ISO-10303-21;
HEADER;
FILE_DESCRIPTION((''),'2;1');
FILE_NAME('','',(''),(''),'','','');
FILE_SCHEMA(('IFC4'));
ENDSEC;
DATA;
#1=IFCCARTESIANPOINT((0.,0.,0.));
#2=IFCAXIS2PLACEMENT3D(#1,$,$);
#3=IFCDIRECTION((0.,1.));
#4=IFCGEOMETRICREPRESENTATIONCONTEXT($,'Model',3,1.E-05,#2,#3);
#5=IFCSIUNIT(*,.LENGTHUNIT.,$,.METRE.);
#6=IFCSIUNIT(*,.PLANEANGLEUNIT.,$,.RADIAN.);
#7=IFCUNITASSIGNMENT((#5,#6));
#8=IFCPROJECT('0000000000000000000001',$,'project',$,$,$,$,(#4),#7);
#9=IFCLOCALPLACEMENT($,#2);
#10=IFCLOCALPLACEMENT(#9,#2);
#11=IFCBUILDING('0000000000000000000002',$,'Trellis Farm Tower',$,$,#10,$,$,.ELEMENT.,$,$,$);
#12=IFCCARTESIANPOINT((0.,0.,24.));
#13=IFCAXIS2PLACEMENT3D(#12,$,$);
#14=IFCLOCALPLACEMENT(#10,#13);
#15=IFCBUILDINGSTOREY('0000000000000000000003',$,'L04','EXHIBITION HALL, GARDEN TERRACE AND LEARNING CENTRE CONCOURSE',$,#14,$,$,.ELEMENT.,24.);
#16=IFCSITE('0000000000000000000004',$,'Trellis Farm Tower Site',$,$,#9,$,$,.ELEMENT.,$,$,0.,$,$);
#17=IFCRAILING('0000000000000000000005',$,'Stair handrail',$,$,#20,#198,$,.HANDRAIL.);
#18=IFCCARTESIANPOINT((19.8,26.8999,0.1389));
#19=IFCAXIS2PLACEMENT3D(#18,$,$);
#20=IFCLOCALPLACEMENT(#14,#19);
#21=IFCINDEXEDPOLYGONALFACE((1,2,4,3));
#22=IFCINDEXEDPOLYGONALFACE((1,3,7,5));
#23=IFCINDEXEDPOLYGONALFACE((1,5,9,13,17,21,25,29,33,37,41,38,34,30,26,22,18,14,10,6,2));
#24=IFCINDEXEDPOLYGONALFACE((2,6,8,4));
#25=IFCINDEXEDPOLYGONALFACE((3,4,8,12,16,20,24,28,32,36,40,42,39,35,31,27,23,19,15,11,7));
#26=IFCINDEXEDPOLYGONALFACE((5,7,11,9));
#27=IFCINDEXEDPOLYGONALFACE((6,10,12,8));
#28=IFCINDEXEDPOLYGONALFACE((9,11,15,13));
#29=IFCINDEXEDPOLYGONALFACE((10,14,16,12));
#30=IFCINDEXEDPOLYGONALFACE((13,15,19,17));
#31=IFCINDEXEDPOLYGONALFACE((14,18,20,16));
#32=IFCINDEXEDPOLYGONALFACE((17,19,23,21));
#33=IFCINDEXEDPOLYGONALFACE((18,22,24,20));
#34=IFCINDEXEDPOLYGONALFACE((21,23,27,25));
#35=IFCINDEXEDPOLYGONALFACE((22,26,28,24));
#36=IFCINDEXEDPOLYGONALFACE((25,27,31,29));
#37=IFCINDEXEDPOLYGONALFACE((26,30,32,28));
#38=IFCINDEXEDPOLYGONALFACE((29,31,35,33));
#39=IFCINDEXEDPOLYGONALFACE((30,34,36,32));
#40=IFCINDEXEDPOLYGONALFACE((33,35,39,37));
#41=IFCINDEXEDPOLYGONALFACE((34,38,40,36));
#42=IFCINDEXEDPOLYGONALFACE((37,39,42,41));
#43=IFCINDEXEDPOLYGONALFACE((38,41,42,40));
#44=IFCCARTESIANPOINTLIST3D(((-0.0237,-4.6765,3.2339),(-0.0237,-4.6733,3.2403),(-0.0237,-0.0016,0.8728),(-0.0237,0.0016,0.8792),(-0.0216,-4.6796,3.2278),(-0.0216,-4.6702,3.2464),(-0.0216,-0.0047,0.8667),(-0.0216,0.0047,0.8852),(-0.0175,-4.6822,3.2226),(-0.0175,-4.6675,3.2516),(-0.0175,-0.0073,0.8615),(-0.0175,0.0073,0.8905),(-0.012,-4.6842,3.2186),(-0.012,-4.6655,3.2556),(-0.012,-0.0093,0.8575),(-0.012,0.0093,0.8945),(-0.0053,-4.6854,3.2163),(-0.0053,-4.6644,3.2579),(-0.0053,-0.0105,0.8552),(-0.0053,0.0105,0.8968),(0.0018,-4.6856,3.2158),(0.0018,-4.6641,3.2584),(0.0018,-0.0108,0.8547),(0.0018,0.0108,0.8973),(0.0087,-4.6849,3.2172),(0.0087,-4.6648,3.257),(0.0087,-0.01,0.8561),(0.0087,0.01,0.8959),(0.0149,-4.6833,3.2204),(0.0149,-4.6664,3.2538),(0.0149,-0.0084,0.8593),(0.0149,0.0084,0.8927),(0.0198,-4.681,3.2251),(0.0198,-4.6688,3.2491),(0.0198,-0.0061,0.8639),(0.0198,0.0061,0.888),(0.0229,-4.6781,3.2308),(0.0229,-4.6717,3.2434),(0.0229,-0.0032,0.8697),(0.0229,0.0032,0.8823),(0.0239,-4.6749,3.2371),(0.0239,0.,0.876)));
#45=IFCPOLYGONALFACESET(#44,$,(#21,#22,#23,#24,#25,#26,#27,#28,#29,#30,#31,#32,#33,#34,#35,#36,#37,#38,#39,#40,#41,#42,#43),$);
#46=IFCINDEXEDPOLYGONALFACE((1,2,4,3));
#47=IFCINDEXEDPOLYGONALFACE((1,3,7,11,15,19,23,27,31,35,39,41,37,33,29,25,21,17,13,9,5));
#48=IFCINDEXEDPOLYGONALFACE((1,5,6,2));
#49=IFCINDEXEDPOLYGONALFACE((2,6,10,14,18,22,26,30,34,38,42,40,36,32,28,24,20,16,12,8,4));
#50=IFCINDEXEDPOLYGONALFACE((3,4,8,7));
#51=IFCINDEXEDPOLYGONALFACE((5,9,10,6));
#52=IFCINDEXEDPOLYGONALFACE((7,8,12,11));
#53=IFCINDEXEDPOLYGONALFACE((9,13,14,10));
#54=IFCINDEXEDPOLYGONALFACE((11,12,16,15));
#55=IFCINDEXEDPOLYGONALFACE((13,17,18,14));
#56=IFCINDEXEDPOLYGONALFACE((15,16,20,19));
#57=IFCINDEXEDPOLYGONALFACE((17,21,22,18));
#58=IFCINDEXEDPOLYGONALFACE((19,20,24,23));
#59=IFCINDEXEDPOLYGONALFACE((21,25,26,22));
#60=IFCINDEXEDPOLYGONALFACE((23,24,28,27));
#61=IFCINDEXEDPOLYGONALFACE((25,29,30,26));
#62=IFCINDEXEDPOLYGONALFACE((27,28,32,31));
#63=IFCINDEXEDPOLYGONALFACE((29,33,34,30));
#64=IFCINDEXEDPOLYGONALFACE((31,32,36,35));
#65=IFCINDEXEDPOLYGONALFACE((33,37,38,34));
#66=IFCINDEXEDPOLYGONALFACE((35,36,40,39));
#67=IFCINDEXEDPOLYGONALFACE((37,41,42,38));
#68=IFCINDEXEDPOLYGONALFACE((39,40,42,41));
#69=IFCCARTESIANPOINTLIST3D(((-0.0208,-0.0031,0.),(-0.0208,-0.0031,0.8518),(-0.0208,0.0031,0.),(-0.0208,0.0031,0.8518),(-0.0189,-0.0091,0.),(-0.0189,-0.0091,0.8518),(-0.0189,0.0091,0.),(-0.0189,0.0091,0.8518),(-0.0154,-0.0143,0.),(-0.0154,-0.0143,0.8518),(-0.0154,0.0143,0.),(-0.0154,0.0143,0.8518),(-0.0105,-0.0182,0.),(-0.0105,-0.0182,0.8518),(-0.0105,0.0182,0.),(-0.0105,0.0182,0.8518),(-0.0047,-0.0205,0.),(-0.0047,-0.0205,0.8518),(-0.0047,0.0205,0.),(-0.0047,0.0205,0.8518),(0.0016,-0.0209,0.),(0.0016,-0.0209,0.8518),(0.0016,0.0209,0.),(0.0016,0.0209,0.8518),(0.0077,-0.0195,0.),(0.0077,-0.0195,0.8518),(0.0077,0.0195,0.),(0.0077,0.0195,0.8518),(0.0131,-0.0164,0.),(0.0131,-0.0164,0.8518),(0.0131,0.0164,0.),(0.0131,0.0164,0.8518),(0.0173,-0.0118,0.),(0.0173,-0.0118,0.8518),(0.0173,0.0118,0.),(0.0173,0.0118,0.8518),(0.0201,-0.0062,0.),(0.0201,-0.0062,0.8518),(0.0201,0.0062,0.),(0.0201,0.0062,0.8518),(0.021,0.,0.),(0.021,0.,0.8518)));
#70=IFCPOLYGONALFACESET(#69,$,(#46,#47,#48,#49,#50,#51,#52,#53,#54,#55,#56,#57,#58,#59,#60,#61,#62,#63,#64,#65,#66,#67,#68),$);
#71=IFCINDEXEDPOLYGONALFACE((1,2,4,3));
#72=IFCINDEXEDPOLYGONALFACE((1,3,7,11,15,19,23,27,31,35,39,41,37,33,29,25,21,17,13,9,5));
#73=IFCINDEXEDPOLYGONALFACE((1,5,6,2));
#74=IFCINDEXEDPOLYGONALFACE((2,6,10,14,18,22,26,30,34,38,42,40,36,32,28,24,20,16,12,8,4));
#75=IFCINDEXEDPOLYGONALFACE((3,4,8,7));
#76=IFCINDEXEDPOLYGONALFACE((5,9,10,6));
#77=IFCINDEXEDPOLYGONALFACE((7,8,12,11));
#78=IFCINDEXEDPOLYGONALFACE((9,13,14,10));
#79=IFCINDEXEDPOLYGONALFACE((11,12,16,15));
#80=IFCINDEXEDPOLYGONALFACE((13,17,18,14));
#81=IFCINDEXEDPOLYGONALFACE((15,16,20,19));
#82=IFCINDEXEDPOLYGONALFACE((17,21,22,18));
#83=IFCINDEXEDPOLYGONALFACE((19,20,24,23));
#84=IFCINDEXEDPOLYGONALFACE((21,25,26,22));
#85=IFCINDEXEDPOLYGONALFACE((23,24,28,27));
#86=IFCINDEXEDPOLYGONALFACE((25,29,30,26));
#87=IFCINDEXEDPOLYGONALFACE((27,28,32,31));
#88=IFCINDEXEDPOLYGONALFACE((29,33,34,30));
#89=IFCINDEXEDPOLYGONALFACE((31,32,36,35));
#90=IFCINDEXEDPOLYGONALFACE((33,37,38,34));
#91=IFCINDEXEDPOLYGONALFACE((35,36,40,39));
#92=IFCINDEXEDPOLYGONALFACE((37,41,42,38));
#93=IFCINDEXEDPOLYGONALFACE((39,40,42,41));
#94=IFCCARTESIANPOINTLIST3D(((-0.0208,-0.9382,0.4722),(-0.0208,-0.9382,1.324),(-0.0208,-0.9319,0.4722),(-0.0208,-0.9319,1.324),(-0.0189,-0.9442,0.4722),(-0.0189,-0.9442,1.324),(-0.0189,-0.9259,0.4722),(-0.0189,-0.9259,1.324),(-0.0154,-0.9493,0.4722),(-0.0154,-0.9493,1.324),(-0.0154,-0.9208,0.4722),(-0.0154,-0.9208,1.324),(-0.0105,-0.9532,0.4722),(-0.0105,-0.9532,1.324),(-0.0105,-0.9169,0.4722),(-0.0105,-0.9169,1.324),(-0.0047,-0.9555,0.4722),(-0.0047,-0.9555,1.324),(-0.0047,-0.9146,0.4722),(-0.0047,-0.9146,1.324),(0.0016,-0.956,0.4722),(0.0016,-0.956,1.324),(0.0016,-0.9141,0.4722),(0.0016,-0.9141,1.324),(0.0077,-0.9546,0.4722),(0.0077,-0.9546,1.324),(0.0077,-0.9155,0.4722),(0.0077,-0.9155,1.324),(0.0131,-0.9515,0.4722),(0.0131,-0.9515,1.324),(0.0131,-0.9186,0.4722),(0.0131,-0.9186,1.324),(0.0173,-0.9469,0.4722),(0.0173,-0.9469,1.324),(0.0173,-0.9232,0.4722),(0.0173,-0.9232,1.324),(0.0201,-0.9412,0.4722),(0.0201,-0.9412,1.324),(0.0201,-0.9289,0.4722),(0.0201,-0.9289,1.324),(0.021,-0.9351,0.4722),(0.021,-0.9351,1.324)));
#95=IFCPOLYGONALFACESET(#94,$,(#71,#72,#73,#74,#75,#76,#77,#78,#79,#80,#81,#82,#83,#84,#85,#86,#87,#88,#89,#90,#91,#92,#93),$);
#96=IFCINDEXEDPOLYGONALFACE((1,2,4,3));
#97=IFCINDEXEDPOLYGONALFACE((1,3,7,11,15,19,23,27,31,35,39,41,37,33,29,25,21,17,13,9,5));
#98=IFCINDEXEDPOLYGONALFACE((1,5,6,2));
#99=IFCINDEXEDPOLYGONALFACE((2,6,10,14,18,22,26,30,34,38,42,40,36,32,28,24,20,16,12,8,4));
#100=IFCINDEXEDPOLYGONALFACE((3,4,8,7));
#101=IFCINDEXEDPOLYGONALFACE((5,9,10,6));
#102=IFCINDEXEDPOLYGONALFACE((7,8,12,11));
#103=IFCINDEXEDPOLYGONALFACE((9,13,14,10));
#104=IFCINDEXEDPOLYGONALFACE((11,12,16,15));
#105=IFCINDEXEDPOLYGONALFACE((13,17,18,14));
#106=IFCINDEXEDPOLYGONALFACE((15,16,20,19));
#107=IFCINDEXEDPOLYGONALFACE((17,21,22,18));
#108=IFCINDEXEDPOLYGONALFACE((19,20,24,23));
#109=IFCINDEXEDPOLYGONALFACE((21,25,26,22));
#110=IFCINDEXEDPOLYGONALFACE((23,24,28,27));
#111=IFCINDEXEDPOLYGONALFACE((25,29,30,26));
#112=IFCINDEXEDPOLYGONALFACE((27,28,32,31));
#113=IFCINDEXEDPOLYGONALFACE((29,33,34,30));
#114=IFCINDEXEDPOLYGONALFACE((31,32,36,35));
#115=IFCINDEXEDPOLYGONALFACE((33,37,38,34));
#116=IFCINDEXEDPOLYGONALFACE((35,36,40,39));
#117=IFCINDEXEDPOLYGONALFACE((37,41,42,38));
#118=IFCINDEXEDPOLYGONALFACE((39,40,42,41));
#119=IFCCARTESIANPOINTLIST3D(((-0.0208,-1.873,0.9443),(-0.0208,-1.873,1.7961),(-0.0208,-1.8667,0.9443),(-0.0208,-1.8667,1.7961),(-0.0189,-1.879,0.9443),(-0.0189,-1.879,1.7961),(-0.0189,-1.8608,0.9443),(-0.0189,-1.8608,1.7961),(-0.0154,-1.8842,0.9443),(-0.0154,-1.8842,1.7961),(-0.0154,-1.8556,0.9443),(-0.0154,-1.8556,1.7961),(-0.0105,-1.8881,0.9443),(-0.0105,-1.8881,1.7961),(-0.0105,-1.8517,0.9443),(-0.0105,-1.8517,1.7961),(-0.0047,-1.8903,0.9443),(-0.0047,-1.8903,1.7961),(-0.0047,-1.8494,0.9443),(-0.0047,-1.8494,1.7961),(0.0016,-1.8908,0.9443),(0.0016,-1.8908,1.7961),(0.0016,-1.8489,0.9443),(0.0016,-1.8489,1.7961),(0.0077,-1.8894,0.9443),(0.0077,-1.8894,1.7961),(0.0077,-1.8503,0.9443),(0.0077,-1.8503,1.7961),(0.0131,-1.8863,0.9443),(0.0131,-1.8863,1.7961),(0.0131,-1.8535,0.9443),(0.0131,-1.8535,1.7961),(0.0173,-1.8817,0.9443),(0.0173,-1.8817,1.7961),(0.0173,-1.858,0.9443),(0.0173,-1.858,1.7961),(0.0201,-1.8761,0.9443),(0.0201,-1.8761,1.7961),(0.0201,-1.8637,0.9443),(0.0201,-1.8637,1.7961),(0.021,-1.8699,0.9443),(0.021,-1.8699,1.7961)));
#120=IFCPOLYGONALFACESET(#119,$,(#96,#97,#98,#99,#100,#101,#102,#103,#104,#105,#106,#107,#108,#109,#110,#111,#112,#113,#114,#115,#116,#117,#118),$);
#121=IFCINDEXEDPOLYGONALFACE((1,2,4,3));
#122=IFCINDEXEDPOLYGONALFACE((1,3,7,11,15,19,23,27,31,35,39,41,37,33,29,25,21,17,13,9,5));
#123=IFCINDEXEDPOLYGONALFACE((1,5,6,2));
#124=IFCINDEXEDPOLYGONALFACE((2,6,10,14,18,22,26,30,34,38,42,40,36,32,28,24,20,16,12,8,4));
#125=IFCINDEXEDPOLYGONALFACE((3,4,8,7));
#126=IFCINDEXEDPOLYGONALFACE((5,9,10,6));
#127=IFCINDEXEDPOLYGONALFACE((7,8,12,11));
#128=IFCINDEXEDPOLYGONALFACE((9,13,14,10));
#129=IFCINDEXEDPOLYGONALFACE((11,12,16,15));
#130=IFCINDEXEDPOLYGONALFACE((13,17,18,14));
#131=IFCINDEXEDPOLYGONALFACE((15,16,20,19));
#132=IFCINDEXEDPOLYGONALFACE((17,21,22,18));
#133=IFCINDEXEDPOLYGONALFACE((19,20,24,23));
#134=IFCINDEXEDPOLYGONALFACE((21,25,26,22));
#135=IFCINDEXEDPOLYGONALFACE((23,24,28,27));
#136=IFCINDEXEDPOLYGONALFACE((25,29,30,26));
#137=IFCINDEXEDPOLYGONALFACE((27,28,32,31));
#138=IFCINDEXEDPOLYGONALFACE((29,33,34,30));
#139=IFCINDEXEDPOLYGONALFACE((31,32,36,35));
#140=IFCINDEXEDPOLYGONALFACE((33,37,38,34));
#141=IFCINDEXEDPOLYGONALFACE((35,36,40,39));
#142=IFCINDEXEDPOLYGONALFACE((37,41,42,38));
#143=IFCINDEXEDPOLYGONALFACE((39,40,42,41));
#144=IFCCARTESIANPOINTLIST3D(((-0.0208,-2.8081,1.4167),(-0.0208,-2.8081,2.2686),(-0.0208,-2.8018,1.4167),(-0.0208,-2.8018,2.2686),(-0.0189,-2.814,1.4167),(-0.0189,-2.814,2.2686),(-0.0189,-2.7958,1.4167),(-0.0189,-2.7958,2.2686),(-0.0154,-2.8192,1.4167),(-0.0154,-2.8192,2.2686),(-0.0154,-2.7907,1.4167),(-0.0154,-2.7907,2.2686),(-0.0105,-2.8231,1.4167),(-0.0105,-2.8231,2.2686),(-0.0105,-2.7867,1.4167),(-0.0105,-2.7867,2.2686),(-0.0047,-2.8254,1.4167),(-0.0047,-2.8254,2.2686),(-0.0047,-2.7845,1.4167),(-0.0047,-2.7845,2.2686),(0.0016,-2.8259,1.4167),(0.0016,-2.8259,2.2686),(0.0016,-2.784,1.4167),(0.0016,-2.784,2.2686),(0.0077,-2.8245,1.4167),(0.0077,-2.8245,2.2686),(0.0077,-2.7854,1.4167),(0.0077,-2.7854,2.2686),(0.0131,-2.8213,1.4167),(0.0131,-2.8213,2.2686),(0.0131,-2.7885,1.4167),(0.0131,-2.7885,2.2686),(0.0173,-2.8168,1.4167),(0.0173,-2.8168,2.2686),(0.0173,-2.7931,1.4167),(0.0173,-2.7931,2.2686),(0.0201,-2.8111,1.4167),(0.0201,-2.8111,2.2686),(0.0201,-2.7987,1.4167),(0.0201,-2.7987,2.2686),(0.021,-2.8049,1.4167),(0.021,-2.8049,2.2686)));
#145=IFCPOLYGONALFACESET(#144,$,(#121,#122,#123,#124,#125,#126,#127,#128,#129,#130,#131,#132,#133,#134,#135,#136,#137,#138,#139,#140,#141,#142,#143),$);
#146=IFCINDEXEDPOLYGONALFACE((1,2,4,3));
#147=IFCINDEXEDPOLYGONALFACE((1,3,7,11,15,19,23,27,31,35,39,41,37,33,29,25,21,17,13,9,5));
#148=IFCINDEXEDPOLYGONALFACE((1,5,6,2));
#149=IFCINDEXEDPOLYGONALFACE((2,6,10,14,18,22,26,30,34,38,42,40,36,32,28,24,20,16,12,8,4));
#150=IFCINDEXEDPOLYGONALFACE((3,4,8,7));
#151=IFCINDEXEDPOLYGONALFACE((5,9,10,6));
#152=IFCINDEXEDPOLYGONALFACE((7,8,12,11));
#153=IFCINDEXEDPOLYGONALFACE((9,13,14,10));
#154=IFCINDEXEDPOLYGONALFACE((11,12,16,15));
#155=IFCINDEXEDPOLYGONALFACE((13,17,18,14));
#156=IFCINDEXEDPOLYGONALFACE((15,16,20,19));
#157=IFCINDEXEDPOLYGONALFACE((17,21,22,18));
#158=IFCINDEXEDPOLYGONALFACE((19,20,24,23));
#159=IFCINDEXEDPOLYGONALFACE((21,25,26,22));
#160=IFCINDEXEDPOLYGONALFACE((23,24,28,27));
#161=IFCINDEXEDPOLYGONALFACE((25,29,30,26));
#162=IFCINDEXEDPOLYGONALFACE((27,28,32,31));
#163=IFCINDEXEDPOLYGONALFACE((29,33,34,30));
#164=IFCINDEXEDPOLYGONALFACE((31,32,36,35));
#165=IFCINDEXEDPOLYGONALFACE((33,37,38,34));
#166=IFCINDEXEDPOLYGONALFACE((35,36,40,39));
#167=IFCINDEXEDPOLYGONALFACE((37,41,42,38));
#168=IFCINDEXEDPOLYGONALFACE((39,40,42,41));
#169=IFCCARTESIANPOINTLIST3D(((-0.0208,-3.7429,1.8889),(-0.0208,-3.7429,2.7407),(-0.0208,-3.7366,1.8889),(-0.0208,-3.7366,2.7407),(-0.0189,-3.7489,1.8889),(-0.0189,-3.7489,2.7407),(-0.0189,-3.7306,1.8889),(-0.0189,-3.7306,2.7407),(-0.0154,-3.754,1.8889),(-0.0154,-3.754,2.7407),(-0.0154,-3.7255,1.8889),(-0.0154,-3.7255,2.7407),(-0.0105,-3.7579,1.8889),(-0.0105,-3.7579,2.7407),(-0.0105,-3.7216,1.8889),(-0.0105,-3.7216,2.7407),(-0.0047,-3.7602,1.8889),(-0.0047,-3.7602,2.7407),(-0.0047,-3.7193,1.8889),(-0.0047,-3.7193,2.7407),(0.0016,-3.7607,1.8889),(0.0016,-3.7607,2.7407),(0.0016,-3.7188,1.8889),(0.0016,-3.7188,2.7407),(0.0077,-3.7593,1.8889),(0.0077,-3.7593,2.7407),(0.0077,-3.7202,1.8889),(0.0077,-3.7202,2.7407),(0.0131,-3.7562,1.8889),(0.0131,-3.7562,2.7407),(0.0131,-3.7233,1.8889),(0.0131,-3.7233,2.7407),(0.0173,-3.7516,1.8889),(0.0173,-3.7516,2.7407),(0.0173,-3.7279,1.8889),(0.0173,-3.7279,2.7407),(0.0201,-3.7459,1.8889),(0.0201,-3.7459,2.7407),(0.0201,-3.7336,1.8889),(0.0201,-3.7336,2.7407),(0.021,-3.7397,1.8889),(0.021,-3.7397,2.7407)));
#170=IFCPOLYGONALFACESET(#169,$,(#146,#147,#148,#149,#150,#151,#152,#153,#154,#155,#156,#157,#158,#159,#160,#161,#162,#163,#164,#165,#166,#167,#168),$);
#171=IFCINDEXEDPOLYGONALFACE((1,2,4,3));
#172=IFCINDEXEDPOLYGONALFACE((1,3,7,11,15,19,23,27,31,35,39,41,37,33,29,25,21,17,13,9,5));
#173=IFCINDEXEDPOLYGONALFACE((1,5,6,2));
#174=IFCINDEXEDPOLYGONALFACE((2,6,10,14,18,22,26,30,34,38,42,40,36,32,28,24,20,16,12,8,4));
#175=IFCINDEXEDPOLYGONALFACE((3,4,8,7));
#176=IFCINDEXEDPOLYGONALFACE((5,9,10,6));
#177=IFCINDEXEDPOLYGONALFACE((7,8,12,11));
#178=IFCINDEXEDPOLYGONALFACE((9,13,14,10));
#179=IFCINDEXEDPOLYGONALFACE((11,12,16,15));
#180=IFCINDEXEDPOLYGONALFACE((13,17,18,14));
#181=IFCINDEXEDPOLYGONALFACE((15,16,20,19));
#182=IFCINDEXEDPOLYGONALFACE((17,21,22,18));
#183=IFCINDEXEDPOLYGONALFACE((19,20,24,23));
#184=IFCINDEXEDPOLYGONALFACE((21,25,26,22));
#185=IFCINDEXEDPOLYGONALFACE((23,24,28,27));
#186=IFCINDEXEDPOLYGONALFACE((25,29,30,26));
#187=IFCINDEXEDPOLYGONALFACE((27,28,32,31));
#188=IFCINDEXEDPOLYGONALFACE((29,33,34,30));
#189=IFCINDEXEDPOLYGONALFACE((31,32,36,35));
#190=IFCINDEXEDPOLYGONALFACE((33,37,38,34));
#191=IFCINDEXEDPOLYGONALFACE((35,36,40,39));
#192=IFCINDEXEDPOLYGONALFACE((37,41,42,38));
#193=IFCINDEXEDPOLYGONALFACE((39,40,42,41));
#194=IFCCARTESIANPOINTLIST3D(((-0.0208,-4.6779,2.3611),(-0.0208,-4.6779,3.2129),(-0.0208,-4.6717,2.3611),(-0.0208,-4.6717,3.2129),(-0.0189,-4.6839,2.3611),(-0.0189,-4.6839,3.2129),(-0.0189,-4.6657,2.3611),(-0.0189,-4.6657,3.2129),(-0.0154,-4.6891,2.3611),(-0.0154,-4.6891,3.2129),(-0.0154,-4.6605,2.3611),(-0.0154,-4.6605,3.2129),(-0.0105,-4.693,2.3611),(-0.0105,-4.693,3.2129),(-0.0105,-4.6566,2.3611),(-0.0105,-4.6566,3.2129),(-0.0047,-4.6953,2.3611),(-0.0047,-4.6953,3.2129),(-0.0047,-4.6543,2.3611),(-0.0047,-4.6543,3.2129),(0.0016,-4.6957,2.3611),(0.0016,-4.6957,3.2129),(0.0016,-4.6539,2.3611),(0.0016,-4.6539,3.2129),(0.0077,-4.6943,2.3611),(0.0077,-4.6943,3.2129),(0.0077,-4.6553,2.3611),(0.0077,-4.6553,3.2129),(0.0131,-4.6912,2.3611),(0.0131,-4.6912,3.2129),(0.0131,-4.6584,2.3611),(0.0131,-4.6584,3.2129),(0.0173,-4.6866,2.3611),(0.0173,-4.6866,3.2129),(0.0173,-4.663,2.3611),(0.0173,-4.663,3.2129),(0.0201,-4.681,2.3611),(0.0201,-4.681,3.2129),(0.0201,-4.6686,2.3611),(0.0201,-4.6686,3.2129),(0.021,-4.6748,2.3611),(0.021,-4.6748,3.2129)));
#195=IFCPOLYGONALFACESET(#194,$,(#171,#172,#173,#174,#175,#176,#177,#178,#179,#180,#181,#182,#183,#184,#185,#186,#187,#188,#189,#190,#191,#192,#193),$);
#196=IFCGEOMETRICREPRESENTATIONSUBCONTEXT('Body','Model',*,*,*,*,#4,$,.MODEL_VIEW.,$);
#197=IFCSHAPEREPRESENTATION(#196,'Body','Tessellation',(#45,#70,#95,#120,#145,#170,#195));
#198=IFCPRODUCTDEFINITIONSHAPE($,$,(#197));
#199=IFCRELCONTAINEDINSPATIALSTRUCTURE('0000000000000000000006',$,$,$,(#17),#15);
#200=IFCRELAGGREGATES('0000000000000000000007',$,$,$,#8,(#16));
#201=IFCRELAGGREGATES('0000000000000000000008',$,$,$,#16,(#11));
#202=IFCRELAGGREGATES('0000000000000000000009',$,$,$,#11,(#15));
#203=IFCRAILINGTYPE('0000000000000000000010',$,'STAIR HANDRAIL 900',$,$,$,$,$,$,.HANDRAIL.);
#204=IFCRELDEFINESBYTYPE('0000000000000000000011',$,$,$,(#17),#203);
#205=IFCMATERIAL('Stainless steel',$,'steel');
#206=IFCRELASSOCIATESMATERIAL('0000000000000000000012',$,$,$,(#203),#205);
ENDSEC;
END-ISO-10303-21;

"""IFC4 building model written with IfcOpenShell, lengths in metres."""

from ifc_helpers import new_model, si_unit, direction, frame, origin, origin_2d, place, context, subcontext, project, spatial, circle, extrude, source, transform, mapped, material, type_object, element, save


model = new_model("IFC4")

# Units and contexts
model_context = context("Model", 3, precision=1e-05, world=origin(), true_north=direction((0.0, 1.0)))
body_context = subcontext(model_context, "Body", "Model", "MODEL_VIEW")
ifc_project = project(units=[si_unit("LENGTHUNIT", "METRE"), si_unit("PLANEANGLEUNIT", "RADIAN")], contexts=[model_context])

# Site, building, storey
site_placement = place(None, origin())
site = spatial("IfcSite", under=ifc_project, at=site_placement, Name="Trellis Farm Tower Site", CompositionType="ELEMENT", RefElevation=0.0)
building_placement = place(site_placement, origin())
building = spatial("IfcBuilding", under=site, at=building_placement, Name="Trellis Farm Tower", CompositionType="ELEMENT")
storey_placement = place(building_placement, frame((0.0, 0.0, 24.0)))
storey = spatial("IfcBuildingStorey", under=building, at=storey_placement, Name="L04", Description="EXHIBITION HALL, GARDEN TERRACE AND LEARNING CENTRE CONCOURSE", CompositionType="ELEMENT", Elevation=24.0)

# Railing
ifc_material_1 = material(Name="Stainless steel", Category="steel")
railing_type = type_object("IfcRailingType", Name="STAIR HANDRAIL 900", PredefinedType="HANDRAIL", material=ifc_material_1)
shared_shape_1 = source(origin(), body_context, "Body", "SweptSolid", [
    extrude(circle(Radius=0.0239, at=origin_2d()), frame((0.0, 0.0, 0.876), z_axis=(0.0, -0.892611, 0.450827), x_axis=(1.0, 0.0, 0.0)), (0.0, 0.0, 1.0), 5.2373),
    extrude(circle(Radius=0.021, at=origin_2d()), origin(), (0.0, 0.0, 1.0), 0.8518),
    extrude(circle(Radius=0.021, at=origin_2d()), frame((0.0, -0.9351, 0.4722)), (0.0, 0.0, 1.0), 0.8518),
    extrude(circle(Radius=0.021, at=origin_2d()), frame((0.0, -1.8699, 0.9443)), (0.0, 0.0, 1.0), 0.8518),
    extrude(circle(Radius=0.021, at=origin_2d()), frame((0.0, -2.8049, 1.4167)), (0.0, 0.0, 1.0), 0.8518),
    extrude(circle(Radius=0.021, at=origin_2d()), frame((0.0, -3.7397, 1.8889)), (0.0, 0.0, 1.0), 0.8518),
    extrude(circle(Radius=0.021, at=origin_2d()), frame((0.0, -4.6748, 2.3611)), (0.0, 0.0, 1.0), 0.8518),
])
for number, where, name in (
    (1, (19.8, 26.8999, 0.1389), "Stair handrail"),
):
    element("IfcRailing", number, at=place(storey_placement, frame(where)), inside=storey, type_object=railing_type, Name=name, PredefinedType="HANDRAIL", context=body_context, shape_type="MappedRepresentation", body=[
        mapped(shared_shape_1, transform((0.0, 0.0, 0.0))),
    ])

save(model, "model.ifc")
